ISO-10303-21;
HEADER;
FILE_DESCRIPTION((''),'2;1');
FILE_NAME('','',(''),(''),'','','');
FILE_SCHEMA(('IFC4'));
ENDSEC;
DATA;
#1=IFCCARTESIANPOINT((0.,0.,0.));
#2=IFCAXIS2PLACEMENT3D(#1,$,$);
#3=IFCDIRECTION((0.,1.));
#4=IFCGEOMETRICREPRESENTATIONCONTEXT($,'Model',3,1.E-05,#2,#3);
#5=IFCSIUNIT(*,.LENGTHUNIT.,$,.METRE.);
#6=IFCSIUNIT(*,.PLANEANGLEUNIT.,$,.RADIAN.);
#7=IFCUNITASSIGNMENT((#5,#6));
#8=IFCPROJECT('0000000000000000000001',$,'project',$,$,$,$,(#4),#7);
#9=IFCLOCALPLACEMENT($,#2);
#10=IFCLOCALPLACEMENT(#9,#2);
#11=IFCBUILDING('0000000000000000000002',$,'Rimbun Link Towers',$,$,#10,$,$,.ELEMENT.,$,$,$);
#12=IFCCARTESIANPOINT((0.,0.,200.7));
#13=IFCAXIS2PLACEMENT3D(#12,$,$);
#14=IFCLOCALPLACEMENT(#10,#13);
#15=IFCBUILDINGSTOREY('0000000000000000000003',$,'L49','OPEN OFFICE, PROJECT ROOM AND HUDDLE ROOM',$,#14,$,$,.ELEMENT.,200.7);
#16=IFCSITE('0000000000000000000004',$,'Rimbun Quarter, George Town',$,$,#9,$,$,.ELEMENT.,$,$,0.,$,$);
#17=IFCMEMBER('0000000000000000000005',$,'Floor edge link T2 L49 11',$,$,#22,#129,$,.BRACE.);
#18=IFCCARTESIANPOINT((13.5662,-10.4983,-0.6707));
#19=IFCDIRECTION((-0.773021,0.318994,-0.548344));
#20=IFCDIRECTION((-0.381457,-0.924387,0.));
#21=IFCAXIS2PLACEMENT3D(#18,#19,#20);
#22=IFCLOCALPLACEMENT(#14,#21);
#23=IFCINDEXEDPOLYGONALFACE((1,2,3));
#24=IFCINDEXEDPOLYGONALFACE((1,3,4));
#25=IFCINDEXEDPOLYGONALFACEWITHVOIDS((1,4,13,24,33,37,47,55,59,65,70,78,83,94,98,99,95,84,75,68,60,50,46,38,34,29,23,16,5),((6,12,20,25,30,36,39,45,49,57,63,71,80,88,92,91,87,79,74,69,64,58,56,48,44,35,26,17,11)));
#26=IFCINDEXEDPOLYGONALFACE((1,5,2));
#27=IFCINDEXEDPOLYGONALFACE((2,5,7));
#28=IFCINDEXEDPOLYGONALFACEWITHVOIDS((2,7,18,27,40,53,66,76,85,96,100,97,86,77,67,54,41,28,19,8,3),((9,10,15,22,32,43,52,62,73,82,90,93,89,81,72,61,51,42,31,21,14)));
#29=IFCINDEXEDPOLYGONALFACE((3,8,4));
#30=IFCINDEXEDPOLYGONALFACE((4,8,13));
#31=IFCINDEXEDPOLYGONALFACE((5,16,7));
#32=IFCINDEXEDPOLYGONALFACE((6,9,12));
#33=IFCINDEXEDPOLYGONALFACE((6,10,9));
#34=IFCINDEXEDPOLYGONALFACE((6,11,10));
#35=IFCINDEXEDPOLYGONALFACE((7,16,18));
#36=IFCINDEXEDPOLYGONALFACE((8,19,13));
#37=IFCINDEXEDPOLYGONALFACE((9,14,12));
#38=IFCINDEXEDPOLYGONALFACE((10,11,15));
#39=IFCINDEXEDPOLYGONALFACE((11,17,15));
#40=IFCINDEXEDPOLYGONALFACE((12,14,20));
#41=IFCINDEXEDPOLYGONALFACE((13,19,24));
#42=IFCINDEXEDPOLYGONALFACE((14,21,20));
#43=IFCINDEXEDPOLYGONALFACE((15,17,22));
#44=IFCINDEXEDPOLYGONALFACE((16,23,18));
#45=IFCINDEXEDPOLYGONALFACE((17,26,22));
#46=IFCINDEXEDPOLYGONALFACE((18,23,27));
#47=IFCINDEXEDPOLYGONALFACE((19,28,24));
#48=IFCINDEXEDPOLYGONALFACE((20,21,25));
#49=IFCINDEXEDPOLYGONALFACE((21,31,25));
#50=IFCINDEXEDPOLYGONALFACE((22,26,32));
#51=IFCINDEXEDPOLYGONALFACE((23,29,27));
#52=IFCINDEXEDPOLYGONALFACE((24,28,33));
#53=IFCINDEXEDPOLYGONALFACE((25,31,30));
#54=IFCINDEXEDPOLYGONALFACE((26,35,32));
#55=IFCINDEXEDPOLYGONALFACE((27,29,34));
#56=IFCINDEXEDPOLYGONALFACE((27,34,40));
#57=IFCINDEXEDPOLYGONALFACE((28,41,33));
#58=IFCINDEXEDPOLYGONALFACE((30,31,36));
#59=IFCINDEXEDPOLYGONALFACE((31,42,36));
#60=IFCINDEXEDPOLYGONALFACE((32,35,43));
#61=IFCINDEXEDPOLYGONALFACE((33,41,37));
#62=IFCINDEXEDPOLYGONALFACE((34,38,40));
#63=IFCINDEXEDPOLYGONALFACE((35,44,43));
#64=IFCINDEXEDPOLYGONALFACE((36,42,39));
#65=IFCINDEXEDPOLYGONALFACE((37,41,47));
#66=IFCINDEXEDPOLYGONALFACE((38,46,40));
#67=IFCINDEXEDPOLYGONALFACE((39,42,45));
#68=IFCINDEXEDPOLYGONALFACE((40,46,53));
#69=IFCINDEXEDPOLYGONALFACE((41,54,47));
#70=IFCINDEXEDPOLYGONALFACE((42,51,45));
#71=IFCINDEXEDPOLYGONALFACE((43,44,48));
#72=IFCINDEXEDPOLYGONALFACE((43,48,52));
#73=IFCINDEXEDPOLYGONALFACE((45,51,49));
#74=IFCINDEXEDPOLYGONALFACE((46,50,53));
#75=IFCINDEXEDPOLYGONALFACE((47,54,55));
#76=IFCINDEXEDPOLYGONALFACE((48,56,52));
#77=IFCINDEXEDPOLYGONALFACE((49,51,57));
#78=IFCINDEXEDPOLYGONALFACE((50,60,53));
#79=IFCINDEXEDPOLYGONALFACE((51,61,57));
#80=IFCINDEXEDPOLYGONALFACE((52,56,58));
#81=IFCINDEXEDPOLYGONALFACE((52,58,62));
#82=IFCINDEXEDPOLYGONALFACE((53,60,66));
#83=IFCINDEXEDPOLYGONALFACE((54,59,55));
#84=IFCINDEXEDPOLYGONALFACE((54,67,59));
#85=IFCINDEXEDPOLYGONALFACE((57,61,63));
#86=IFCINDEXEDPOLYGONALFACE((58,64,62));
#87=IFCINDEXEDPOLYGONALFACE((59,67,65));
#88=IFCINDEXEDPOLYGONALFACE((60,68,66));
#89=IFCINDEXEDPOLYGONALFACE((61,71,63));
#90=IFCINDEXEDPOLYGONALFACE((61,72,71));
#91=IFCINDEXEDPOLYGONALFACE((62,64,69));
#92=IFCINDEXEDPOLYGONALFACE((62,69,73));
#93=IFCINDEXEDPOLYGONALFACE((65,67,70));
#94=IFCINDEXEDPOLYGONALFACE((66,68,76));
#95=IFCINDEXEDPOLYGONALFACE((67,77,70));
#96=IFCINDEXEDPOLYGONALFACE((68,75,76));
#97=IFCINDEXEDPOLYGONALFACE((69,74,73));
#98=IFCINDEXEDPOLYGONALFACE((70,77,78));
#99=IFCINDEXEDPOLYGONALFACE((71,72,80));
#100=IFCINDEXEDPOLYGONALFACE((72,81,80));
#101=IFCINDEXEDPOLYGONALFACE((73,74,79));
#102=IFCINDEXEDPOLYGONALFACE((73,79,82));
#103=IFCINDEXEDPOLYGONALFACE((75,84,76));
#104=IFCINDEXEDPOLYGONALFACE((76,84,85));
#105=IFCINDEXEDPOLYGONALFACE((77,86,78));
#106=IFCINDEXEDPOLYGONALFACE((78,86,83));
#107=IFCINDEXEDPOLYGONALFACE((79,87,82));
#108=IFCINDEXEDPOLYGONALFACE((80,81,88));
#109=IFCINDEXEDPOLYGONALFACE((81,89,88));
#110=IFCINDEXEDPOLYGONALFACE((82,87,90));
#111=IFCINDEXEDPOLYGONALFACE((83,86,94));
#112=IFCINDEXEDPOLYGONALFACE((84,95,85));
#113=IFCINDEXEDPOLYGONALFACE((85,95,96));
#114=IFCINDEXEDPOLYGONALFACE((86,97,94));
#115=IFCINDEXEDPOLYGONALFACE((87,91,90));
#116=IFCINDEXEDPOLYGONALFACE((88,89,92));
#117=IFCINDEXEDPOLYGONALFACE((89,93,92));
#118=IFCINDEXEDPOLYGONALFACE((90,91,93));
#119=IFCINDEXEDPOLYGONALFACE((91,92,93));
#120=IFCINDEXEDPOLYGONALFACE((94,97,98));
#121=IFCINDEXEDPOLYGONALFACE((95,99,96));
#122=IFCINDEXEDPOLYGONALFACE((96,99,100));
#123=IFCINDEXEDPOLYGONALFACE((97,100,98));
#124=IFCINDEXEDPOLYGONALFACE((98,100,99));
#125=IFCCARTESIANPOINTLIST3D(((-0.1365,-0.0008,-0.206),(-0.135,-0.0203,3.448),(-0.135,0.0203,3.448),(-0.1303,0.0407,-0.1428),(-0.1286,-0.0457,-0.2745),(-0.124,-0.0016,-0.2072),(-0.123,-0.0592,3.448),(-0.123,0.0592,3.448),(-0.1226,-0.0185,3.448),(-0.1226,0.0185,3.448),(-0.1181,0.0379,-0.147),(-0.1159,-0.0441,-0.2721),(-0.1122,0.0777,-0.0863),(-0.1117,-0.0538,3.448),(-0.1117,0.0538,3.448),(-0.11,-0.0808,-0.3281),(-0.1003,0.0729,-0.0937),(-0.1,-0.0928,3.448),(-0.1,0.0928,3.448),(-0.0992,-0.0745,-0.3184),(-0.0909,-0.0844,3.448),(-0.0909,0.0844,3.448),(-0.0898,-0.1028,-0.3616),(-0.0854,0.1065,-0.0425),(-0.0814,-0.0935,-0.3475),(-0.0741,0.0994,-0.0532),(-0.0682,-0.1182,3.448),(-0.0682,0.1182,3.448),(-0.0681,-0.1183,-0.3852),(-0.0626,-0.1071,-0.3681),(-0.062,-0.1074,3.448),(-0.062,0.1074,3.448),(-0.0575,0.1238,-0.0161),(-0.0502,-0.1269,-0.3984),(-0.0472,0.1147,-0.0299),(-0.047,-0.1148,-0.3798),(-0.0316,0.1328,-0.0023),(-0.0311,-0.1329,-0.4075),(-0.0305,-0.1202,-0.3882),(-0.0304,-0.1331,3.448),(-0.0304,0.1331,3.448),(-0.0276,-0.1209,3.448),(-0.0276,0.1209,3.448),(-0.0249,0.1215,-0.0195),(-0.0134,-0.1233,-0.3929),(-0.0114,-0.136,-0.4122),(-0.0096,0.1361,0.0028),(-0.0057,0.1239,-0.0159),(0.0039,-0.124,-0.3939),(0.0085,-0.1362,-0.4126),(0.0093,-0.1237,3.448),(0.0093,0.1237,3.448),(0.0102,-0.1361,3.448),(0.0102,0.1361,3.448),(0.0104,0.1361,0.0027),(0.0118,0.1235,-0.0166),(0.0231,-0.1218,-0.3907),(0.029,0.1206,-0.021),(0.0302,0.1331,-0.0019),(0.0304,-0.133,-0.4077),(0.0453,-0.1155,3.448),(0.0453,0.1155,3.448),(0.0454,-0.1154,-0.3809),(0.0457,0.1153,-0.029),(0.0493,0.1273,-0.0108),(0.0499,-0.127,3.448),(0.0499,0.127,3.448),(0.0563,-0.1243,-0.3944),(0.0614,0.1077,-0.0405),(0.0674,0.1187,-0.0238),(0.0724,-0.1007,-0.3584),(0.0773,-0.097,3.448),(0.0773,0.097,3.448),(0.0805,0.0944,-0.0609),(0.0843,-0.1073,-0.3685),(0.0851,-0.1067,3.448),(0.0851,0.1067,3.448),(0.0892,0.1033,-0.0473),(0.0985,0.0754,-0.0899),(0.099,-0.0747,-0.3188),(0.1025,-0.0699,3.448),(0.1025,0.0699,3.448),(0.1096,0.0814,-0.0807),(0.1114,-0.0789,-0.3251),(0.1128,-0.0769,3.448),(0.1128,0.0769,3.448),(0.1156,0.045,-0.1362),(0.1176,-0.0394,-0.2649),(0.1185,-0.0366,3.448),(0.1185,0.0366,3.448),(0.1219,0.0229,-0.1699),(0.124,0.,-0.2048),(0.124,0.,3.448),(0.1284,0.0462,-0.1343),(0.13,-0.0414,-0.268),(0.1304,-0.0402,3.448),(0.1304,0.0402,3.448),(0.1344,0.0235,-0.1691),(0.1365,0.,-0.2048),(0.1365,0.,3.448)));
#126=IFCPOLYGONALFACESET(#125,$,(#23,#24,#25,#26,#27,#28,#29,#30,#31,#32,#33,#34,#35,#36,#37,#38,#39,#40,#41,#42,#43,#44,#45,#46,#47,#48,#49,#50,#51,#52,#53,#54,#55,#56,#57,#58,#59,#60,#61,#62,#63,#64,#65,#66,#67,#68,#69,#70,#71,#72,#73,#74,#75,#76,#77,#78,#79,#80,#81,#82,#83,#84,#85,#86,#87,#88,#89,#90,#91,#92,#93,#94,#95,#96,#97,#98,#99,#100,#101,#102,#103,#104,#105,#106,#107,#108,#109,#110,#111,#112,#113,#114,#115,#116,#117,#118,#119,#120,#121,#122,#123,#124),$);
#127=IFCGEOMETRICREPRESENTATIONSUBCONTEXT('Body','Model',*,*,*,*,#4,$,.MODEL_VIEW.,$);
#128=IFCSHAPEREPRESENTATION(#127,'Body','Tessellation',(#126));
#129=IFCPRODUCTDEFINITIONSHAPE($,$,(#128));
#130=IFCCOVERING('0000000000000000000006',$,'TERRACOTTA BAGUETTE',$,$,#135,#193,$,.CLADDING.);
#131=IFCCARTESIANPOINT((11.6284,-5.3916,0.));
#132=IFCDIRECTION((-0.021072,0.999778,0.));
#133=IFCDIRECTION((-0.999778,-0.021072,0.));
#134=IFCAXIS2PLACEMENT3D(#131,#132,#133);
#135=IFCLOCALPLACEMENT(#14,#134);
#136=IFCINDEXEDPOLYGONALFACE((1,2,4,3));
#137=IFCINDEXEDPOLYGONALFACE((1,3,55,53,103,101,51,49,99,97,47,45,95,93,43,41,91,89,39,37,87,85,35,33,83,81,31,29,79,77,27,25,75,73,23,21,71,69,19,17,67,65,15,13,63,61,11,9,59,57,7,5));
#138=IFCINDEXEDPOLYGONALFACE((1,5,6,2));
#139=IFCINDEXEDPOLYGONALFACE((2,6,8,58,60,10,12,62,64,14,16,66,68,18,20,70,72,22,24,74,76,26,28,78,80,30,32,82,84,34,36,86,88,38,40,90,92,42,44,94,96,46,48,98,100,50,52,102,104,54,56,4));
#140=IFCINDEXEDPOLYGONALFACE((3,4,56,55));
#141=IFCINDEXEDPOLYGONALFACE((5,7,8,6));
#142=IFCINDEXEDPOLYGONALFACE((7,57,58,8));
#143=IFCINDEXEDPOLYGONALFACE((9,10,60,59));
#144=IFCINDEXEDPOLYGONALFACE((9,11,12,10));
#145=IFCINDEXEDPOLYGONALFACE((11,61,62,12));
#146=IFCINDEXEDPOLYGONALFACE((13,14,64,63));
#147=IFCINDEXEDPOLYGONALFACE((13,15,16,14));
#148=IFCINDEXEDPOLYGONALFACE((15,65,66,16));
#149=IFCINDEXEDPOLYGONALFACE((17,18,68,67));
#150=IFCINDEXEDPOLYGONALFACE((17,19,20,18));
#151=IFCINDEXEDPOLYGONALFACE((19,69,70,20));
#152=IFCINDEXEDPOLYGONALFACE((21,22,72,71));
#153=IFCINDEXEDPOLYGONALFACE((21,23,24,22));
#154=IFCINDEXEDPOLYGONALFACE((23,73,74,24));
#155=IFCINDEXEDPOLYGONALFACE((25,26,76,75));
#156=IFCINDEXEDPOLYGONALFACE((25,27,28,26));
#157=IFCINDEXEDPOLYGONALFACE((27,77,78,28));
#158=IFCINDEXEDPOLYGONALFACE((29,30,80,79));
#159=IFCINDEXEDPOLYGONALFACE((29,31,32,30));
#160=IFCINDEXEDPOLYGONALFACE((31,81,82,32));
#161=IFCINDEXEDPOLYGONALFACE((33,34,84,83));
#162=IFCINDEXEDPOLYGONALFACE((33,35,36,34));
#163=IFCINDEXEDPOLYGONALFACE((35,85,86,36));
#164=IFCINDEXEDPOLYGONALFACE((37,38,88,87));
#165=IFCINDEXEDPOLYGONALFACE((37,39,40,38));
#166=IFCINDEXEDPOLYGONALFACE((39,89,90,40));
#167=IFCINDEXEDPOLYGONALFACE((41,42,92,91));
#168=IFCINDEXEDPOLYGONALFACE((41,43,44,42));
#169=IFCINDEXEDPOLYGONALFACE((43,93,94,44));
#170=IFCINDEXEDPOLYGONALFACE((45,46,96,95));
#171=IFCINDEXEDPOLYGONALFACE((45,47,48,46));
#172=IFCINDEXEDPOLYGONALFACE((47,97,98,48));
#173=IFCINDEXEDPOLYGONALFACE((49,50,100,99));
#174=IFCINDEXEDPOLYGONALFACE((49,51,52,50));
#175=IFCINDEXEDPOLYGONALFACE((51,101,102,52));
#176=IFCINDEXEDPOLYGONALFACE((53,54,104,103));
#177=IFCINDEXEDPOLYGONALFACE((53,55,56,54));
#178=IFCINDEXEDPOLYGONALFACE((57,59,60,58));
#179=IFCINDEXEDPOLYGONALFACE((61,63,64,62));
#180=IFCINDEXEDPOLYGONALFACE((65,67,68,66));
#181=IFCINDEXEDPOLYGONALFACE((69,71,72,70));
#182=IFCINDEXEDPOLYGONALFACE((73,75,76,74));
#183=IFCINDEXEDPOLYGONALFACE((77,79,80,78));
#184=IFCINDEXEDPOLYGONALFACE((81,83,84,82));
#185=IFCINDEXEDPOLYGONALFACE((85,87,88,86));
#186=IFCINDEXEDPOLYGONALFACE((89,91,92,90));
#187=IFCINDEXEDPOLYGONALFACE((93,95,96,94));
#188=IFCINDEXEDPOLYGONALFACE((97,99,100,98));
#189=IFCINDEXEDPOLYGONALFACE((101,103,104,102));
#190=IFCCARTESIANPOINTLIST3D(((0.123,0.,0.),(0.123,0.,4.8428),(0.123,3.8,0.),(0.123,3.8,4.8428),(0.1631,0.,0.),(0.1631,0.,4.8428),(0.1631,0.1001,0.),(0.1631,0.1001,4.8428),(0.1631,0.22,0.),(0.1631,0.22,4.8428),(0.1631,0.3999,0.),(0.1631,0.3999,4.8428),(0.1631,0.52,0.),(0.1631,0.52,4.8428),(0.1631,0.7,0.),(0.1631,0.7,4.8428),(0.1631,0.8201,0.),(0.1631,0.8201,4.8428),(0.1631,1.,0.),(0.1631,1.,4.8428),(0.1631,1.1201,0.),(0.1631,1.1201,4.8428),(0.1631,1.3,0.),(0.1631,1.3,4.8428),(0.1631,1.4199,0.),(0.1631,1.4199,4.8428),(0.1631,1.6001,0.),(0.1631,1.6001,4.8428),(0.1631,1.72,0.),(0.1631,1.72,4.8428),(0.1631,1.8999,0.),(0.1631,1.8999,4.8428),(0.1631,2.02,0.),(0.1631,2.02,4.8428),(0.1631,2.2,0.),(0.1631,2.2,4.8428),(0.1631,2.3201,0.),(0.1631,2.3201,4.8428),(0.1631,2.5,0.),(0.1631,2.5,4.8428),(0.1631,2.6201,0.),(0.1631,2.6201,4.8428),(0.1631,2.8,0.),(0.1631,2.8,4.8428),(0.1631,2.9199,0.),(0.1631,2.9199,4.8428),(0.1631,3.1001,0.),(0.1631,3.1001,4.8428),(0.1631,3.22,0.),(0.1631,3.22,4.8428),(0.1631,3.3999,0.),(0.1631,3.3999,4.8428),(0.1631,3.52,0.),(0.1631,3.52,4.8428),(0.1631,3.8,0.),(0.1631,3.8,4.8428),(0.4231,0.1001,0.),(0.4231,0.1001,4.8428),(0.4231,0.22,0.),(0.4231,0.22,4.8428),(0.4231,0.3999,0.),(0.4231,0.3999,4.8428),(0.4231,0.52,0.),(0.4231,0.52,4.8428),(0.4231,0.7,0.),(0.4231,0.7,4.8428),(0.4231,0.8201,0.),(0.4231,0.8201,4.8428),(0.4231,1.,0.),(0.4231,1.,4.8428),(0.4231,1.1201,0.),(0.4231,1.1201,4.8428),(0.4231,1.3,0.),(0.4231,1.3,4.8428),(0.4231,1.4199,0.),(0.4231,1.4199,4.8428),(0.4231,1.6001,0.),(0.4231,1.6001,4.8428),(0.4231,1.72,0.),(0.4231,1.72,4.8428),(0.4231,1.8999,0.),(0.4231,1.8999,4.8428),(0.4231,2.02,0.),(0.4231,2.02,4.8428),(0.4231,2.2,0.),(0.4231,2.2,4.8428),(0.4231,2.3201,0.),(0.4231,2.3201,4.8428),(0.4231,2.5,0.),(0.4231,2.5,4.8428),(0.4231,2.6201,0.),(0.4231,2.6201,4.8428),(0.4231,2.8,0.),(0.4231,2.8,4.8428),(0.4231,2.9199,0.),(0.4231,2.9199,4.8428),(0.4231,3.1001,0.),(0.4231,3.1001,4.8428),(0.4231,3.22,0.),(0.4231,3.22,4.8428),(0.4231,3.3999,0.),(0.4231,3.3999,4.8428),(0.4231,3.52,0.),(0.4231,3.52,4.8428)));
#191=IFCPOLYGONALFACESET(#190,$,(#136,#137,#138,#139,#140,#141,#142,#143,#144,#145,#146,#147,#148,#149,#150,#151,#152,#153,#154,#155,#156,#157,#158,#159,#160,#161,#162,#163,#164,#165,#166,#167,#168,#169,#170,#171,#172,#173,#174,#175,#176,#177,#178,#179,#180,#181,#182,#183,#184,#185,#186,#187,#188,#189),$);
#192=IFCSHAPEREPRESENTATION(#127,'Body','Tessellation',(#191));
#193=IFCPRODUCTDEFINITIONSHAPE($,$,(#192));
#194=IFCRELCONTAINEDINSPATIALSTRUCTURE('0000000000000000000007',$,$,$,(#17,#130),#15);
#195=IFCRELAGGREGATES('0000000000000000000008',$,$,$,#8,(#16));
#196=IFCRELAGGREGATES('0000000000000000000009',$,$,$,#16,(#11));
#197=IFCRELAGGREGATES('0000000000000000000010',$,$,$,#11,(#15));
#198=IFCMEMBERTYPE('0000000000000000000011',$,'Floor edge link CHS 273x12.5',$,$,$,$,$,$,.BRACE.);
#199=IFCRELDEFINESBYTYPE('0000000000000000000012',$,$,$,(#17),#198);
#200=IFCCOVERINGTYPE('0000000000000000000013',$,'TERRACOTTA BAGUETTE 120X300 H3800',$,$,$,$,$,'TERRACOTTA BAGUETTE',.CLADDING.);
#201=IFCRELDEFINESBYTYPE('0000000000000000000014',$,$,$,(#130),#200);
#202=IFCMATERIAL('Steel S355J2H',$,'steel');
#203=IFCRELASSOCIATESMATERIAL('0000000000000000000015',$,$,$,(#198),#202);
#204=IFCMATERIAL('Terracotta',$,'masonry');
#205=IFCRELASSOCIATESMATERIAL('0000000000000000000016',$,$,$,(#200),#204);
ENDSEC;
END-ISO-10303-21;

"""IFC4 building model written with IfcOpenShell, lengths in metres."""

from ifc_helpers import new_model, si_unit, direction, frame, origin, origin_2d, place, context, subcontext, project, spatial, polyline, hollow_circle, outline, extrude, clip, halfspace, material, material_profile, profile_set, type_object, element, save


model = new_model("IFC4")

# Units and contexts
model_context = context("Model", 3, precision=1e-05, world=origin(), true_north=direction((0.0, 1.0)))
body_context = subcontext(model_context, "Body", "Model", "MODEL_VIEW")
ifc_project = project(units=[si_unit("LENGTHUNIT", "METRE"), si_unit("PLANEANGLEUNIT", "RADIAN")], contexts=[model_context])

# Site, building, storey
site_placement = place(None, origin())
site = spatial("IfcSite", under=ifc_project, at=site_placement, Name="Rimbun Quarter, George Town", CompositionType="ELEMENT", RefElevation=0.0)
building_placement = place(site_placement, origin())
building = spatial("IfcBuilding", under=site, at=building_placement, Name="Rimbun Link Towers", CompositionType="ELEMENT")
storey_placement = place(building_placement, frame((0.0, 0.0, 200.7)))
storey = spatial("IfcBuildingStorey", under=building, at=storey_placement, Name="L49", Description="OPEN OFFICE, PROJECT ROOM AND HUDDLE ROOM", CompositionType="ELEMENT", Elevation=200.7)

# Member
ifc_material_1 = material(Name="Steel S355J2H", Category="steel")
ifc_material_profile_1 = material_profile(ifc_material_1, hollow_circle(Radius=0.1365, WallThickness=0.0125, at=origin_2d()), Name="CHS 273x12.5")
ifc_profile_set_1 = profile_set([ifc_material_profile_1], Name="Steel S355J2H")
member_type_1 = type_object("IfcMemberType", Name="Floor edge link CHS 273x12.5", PredefinedType="BRACE", material=ifc_profile_set_1)
member_1_placement = place(storey_placement, frame((13.5662, -10.4983, -0.6707), z_axis=(-0.773021, 0.318994, -0.548344), x_axis=(-0.381457, -0.924387, 0.0)))
element("IfcMember", 1, at=member_1_placement, inside=storey, type_object=member_type_1, Name="Floor edge link T2 L49 11", PredefinedType="BRACE", context=body_context, shape_type="Clipping", body=[
    clip(extrude(hollow_circle(Radius=0.1365, WallThickness=0.0125, at=origin_2d()), frame((0.0, 0.0, -0.4346)), (0.0, 0.0, 1.0), 3.8826), halfspace(frame((0.0, 0.0, -0.2048), z_axis=(0.0, 0.836253, -0.548344)), False)),
])

# Covering
ifc_material_2 = material(Name="Terracotta", Category="masonry")
ifc_material_profile_2 = material_profile(ifc_material_2, outline(polyline([(0.123, 0.0), (0.1631, 0.0), (0.1631, 0.1001), (0.4231, 0.1001), (0.4231, 0.22), (0.1631, 0.22), (0.1631, 0.3999), (0.4231, 0.3999), (0.4231, 0.52), (0.1631, 0.52), (0.1631, 0.7), (0.4231, 0.7), (0.4231, 0.8201), (0.1631, 0.8201), (0.1631, 1.0), (0.4231, 1.0), (0.4231, 1.1201), (0.1631, 1.1201), (0.1631, 1.3), (0.4231, 1.3), (0.4231, 1.4199), (0.1631, 1.4199), (0.1631, 1.6001), (0.4231, 1.6001), (0.4231, 1.72), (0.1631, 1.72), (0.1631, 1.8999), (0.4231, 1.8999), (0.4231, 2.02), (0.1631, 2.02), (0.1631, 2.2), (0.4231, 2.2), (0.4231, 2.3201), (0.1631, 2.3201), (0.1631, 2.5), (0.4231, 2.5), (0.4231, 2.6201), (0.1631, 2.6201), (0.1631, 2.8), (0.4231, 2.8), (0.4231, 2.9199), (0.1631, 2.9199), (0.1631, 3.1001), (0.4231, 3.1001), (0.4231, 3.22), (0.1631, 3.22), (0.1631, 3.3999), (0.4231, 3.3999), (0.4231, 3.52), (0.1631, 3.52), (0.1631, 3.8), (0.123, 3.8), (0.123, 0.0)])), Name="BAGUETTE 120X300")
ifc_profile_set_2 = profile_set([ifc_material_profile_2], Name="Terracotta")
covering_type_1 = type_object("IfcCoveringType", Name="TERRACOTTA BAGUETTE 120X300 H3800", ElementType="TERRACOTTA BAGUETTE", PredefinedType="CLADDING", material=ifc_profile_set_2)
covering_1_placement = place(storey_placement, frame((11.6284, -5.3916, 0.0), z_axis=(-0.021072, 0.999778, 0.0), x_axis=(-0.999778, -0.021072, 0.0)))
element("IfcCovering", 2, at=covering_1_placement, inside=storey, type_object=covering_type_1, Name="TERRACOTTA BAGUETTE", PredefinedType="CLADDING", context=body_context, shape_type="SweptSolid", body=[
    extrude(outline(polyline([(0.123, 0.0), (0.1631, 0.0), (0.1631, 0.1001), (0.4231, 0.1001), (0.4231, 0.22), (0.1631, 0.22), (0.1631, 0.3999), (0.4231, 0.3999), (0.4231, 0.52), (0.1631, 0.52), (0.1631, 0.7), (0.4231, 0.7), (0.4231, 0.8201), (0.1631, 0.8201), (0.1631, 1.0), (0.4231, 1.0), (0.4231, 1.1201), (0.1631, 1.1201), (0.1631, 1.3), (0.4231, 1.3), (0.4231, 1.4199), (0.1631, 1.4199), (0.1631, 1.6001), (0.4231, 1.6001), (0.4231, 1.72), (0.1631, 1.72), (0.1631, 1.8999), (0.4231, 1.8999), (0.4231, 2.02), (0.1631, 2.02), (0.1631, 2.2), (0.4231, 2.2), (0.4231, 2.3201), (0.1631, 2.3201), (0.1631, 2.5), (0.4231, 2.5), (0.4231, 2.6201), (0.1631, 2.6201), (0.1631, 2.8), (0.4231, 2.8), (0.4231, 2.9199), (0.1631, 2.9199), (0.1631, 3.1001), (0.4231, 3.1001), (0.4231, 3.22), (0.1631, 3.22), (0.1631, 3.3999), (0.4231, 3.3999), (0.4231, 3.52), (0.1631, 3.52), (0.1631, 3.8), (0.123, 3.8), (0.123, 0.0)])), origin(), (0.0, 0.0, 1.0), 4.8428),
])

save(model, "model.ifc")
